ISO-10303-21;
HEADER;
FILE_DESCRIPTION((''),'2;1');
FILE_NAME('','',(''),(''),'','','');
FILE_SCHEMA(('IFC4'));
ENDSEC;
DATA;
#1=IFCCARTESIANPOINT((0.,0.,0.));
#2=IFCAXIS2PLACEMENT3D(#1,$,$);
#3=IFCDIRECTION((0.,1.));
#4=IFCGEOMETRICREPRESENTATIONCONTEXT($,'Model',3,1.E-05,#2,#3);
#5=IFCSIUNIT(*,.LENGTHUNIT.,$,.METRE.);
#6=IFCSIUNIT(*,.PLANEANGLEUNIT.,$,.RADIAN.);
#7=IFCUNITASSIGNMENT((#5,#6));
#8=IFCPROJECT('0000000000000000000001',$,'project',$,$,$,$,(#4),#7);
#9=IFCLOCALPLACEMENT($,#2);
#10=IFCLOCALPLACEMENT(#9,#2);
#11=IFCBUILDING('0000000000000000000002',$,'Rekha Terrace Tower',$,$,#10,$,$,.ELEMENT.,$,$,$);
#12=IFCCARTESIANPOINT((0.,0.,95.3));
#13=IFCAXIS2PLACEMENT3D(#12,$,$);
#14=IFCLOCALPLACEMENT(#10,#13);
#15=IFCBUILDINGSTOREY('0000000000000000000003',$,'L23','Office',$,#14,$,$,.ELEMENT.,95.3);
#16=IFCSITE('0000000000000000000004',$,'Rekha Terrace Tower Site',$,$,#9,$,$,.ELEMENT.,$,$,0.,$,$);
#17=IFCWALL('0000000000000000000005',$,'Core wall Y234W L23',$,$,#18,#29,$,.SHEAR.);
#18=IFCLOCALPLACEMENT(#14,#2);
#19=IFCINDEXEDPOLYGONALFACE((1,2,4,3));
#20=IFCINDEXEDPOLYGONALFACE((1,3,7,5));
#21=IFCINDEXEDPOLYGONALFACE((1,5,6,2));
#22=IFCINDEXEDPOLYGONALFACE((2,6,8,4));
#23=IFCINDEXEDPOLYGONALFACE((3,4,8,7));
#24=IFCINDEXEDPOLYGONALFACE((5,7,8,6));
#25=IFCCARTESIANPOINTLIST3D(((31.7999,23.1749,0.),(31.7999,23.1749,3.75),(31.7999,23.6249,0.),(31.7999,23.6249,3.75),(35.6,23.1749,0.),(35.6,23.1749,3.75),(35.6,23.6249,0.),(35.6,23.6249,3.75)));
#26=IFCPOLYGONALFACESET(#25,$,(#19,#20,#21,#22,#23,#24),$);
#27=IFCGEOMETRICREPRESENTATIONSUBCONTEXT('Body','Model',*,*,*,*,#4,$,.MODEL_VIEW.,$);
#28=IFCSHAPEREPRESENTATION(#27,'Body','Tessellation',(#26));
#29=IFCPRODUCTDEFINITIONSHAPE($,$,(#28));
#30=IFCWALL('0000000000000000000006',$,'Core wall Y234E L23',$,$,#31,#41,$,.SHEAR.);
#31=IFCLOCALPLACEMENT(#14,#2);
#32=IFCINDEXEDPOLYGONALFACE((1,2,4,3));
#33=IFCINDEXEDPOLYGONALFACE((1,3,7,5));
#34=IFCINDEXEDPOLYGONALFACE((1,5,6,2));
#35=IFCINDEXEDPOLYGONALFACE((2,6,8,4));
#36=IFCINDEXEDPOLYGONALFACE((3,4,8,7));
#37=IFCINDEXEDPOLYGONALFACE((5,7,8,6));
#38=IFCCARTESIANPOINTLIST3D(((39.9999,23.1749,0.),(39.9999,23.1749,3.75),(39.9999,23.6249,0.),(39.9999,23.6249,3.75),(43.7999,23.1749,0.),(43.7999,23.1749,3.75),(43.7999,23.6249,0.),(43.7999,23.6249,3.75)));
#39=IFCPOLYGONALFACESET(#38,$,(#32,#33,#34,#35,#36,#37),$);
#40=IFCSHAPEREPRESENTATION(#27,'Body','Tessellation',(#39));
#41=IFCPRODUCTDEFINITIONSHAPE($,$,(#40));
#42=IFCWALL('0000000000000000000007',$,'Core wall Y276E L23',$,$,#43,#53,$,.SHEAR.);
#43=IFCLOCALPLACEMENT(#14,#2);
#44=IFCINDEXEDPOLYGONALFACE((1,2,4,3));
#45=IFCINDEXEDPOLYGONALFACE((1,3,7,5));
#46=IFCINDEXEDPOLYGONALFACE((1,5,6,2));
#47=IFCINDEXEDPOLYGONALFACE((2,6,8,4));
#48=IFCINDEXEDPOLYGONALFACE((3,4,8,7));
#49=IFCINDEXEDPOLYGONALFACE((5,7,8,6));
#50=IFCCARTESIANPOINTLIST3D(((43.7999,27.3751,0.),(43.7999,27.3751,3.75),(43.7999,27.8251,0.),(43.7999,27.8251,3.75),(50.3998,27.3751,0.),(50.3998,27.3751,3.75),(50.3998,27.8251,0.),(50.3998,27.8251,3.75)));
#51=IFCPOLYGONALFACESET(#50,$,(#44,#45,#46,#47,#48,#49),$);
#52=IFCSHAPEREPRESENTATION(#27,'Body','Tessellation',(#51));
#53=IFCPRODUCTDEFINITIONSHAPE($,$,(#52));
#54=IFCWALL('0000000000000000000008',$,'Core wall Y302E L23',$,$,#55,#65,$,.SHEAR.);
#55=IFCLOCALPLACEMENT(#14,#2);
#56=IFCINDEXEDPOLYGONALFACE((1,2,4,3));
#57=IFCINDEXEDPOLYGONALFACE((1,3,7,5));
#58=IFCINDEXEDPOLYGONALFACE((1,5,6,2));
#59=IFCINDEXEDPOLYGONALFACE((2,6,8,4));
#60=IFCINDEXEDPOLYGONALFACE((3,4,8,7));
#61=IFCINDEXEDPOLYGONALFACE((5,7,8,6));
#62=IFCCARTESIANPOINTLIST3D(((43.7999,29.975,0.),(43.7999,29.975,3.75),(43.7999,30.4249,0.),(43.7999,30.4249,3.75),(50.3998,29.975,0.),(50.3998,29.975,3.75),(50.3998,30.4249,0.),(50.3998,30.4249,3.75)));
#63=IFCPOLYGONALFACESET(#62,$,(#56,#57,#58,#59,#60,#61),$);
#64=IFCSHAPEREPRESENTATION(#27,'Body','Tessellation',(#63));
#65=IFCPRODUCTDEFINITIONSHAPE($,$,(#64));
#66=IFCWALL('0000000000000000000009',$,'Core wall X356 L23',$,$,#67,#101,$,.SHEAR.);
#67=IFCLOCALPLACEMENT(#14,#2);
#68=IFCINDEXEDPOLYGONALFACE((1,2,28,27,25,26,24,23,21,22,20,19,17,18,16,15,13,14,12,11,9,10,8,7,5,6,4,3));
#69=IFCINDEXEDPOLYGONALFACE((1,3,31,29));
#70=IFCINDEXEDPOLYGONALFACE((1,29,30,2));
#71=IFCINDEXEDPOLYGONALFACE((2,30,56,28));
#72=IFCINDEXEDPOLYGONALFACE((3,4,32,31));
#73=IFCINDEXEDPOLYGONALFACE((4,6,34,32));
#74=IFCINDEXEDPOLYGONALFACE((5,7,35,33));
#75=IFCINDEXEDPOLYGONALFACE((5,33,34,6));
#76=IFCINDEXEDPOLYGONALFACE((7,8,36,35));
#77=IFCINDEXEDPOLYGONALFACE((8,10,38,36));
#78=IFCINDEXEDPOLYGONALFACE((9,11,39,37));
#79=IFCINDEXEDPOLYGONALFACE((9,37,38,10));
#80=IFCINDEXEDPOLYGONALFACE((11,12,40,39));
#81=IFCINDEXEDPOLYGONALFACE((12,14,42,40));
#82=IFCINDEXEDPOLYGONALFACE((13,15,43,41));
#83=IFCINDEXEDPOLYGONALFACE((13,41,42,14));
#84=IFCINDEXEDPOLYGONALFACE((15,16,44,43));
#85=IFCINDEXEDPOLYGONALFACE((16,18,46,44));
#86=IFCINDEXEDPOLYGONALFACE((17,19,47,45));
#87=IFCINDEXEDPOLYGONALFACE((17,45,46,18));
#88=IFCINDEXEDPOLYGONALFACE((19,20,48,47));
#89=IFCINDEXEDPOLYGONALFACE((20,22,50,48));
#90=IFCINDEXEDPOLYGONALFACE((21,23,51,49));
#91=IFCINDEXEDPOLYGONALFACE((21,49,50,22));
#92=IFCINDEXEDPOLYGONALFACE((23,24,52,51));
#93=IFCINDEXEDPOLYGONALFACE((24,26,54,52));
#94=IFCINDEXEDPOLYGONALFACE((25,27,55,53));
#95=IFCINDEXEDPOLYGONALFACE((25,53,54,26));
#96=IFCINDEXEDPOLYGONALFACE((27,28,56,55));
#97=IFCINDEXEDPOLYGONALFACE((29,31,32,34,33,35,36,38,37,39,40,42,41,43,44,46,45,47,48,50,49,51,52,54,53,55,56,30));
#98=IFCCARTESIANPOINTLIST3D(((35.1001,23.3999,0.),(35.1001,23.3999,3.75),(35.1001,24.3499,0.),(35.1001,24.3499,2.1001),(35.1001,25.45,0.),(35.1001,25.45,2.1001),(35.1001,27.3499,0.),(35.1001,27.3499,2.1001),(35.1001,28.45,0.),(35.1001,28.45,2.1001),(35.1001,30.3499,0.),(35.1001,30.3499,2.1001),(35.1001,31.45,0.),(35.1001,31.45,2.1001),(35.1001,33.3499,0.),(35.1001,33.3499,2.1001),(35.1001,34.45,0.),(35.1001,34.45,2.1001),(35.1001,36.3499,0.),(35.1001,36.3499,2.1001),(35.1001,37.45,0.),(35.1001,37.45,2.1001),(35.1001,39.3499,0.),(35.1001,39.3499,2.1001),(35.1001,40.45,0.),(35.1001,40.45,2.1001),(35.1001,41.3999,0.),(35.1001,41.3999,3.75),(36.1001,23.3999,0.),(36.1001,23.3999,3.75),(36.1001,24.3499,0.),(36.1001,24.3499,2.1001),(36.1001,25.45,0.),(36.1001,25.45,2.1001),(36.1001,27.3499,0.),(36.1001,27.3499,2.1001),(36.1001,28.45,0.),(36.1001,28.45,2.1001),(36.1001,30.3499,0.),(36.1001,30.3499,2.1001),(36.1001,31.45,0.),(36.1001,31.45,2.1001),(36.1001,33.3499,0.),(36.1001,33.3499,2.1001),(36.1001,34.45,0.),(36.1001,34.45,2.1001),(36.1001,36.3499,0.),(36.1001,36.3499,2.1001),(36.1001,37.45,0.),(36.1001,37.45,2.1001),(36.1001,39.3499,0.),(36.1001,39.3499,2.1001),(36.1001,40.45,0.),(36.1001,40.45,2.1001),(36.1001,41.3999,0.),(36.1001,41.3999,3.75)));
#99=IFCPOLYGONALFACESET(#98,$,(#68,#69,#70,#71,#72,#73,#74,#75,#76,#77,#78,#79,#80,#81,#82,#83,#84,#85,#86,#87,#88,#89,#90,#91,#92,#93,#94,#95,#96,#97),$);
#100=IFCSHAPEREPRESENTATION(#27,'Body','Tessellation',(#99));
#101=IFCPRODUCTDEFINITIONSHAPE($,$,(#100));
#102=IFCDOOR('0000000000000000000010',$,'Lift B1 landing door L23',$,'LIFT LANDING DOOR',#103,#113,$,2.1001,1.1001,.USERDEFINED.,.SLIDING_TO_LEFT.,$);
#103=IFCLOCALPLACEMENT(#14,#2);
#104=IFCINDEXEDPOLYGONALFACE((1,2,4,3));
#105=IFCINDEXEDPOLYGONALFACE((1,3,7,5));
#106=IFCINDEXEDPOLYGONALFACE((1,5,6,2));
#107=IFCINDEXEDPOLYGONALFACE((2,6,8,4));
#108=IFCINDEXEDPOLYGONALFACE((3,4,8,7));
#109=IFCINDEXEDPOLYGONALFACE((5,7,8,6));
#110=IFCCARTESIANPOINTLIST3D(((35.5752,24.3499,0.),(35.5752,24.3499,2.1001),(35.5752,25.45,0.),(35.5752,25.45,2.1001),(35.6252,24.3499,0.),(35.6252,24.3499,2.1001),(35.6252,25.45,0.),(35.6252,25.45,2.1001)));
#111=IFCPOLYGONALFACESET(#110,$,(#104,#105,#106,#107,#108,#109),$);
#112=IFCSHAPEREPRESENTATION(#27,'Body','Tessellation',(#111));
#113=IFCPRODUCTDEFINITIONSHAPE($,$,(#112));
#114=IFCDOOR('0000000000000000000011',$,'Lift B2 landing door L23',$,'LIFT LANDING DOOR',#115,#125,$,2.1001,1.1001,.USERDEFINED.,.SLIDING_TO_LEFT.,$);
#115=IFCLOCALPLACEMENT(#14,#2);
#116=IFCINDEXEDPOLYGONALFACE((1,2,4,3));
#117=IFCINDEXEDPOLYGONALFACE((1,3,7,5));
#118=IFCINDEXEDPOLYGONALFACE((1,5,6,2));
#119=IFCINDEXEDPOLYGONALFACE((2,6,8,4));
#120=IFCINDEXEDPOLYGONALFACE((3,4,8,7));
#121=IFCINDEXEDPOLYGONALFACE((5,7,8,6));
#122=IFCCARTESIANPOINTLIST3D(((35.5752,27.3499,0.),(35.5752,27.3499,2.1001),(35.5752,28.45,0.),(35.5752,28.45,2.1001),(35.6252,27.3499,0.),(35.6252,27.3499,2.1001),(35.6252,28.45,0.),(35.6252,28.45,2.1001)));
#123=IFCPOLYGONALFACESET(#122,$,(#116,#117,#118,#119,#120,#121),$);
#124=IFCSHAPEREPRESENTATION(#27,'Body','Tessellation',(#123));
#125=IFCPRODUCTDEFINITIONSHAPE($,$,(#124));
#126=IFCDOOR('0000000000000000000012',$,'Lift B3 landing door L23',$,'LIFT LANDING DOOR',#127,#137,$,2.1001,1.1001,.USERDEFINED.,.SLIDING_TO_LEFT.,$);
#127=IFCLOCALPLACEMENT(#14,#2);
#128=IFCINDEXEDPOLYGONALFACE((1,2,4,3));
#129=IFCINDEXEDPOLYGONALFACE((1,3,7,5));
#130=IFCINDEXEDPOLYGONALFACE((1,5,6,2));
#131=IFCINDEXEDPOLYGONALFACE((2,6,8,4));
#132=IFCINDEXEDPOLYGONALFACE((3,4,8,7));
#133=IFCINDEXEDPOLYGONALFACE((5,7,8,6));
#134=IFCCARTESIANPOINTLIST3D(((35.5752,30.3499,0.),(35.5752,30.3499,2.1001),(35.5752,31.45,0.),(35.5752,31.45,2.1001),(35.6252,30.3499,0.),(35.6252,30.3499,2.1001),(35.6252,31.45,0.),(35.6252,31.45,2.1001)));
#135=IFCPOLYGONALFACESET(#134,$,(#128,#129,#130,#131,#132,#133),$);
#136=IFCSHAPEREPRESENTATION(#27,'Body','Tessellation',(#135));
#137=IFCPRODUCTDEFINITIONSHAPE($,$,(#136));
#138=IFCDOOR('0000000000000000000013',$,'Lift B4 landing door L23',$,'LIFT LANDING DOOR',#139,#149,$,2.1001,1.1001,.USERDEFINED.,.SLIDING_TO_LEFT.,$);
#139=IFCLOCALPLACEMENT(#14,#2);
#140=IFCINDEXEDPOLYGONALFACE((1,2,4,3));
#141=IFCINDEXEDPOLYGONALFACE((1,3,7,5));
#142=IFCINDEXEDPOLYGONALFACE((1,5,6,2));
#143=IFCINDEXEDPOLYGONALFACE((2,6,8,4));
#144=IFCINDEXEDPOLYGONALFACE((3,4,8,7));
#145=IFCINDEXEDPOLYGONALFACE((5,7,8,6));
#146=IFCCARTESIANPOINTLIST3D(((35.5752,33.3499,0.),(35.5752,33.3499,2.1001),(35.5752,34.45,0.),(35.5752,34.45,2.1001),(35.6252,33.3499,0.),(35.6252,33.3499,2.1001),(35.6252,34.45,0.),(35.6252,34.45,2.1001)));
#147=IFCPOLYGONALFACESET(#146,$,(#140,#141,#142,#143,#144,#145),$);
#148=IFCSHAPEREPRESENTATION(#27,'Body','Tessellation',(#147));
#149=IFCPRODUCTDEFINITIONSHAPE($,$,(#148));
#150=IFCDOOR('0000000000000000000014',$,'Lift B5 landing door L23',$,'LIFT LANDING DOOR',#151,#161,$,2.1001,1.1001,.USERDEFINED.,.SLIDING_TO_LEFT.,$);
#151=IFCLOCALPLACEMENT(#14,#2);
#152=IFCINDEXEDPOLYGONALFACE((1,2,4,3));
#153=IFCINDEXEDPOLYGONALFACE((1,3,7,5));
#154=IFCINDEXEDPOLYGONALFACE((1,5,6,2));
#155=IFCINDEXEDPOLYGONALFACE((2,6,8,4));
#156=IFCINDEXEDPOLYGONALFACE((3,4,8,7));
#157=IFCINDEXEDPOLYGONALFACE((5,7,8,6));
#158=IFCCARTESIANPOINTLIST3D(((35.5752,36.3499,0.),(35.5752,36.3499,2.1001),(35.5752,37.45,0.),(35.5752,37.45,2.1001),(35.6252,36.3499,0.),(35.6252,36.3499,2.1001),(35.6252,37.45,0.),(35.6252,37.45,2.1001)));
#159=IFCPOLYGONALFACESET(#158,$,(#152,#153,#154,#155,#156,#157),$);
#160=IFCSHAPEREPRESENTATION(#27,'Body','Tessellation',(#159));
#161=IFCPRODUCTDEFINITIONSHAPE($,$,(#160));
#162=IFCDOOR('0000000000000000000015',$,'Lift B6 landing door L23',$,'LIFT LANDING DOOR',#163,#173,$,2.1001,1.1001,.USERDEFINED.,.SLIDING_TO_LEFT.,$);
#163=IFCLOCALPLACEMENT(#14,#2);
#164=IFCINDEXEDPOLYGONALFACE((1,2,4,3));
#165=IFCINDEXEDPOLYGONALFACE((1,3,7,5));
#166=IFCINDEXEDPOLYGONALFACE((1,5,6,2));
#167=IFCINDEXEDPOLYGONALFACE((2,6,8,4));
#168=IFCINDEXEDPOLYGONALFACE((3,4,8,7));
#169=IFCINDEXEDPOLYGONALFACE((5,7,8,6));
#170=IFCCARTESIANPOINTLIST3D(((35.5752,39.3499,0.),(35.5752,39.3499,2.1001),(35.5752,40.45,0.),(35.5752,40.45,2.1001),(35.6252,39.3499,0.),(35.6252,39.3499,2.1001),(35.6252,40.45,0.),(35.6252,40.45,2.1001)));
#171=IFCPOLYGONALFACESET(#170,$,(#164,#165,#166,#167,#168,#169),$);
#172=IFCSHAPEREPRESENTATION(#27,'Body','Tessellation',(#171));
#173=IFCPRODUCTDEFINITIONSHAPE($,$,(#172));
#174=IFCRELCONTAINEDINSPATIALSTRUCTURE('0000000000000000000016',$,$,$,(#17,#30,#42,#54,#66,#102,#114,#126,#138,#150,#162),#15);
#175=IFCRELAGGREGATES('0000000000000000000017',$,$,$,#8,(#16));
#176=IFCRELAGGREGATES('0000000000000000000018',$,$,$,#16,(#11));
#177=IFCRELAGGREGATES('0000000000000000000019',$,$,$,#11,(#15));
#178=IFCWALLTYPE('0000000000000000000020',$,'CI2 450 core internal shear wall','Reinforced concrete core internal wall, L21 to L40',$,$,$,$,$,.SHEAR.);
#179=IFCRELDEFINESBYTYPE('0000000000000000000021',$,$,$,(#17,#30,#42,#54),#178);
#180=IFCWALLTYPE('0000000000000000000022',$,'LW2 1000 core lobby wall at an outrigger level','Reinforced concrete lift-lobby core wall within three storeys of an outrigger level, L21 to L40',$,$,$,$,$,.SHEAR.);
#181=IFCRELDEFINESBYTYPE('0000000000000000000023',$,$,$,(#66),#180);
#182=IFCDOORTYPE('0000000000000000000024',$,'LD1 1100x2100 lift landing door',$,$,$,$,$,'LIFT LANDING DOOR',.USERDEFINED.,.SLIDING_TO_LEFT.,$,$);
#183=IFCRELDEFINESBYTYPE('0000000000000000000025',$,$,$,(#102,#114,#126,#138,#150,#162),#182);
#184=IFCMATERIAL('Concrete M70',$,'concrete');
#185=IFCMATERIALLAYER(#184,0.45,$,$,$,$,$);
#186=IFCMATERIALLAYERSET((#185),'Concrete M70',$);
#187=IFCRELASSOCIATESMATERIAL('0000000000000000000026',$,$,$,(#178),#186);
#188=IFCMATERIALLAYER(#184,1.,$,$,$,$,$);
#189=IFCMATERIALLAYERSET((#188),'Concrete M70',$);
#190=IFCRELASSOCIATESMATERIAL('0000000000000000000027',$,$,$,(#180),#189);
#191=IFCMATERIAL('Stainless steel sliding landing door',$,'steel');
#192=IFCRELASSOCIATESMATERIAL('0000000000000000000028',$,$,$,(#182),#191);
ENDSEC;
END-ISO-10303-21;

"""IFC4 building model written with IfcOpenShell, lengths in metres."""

from ifc_helpers import new_model, si_unit, direction, frame, frame_2d, origin, place, context, subcontext, project, spatial, rectangle, extrude, material, layer, layer_set, type_object, element, fill, save


model = new_model("IFC4")

# Units and contexts
model_context = context("Model", 3, precision=1e-05, world=origin(), true_north=direction((0.0, 1.0)))
body_context = subcontext(model_context, "Body", "Model", "MODEL_VIEW")
ifc_project = project(units=[si_unit("LENGTHUNIT", "METRE"), si_unit("PLANEANGLEUNIT", "RADIAN")], contexts=[model_context])

# Site, building, storey
site_placement = place(None, origin())
site = spatial("IfcSite", under=ifc_project, at=site_placement, Name="Rekha Terrace Tower Site", CompositionType="ELEMENT", RefElevation=0.0)
building_placement = place(site_placement, origin())
building = spatial("IfcBuilding", under=site, at=building_placement, Name="Rekha Terrace Tower", CompositionType="ELEMENT")
storey_placement = place(building_placement, frame((0.0, 0.0, 95.3)))
storey = spatial("IfcBuildingStorey", under=building, at=storey_placement, Name="L23", Description="Office", CompositionType="ELEMENT", Elevation=95.3)

# Walls
ifc_material_1 = material(Name="Concrete M70", Category="concrete")
ifc_layer_1 = layer(ifc_material_1, 0.45)
ifc_layer_set_1 = layer_set([ifc_layer_1], Name="Concrete M70")
wall_type_1 = type_object("IfcWallType", Name="CI2 450 core internal shear wall", Description="Reinforced concrete core internal wall, L21 to L40", PredefinedType="SHEAR", material=ifc_layer_set_1)
for number, where, z_axis, x_axis, name in (
    (1, (31.8, 23.3999, 0.0), (0.0, 0.0, 1.0), (1.0, 0.0, 0.0), "Core wall Y234W L23"),
    (2, (40.0, 23.3999, 0.0), (0.0, 0.0, 1.0), (1.0, 0.0, 0.0), "Core wall Y234E L23"),
):
    element("IfcWall", number, at=place(storey_placement, frame(where, z_axis=z_axis, x_axis=x_axis)), inside=storey, type_object=wall_type_1, Name=name, PredefinedType="SHEAR", context=body_context, shape_type="SweptSolid", body=[
        extrude(rectangle(XDim=3.8, YDim=0.45, at=frame_2d((1.8999, 0.0))), origin(), (0.0, 0.0, 1.0), 3.75),
    ])
for number, where, z_axis, x_axis, name in (
    (3, (43.8, 27.6001, 0.0), (0.0, 0.0, 1.0), (1.0, 0.0, 0.0), "Core wall Y276E L23"),
    (4, (43.8, 30.2, 0.0), (0.0, 0.0, 1.0), (1.0, 0.0, 0.0), "Core wall Y302E L23"),
):
    element("IfcWall", number, at=place(storey_placement, frame(where, z_axis=z_axis, x_axis=x_axis)), inside=storey, type_object=wall_type_1, Name=name, PredefinedType="SHEAR", context=body_context, shape_type="SweptSolid", body=[
        extrude(rectangle(XDim=6.5999, YDim=0.45, at=frame_2d((3.2998, 0.0))), origin(), (0.0, 0.0, 1.0), 3.75),
    ])

# Wall, openings, doors
ifc_layer_2 = layer(ifc_material_1, 1.0)
ifc_layer_set_2 = layer_set([ifc_layer_2], Name="Concrete M70")
wall_type_2 = type_object("IfcWallType", Name="LW2 1000 core lobby wall at an outrigger level", Description="Reinforced concrete lift-lobby core wall within three storeys of an outrigger level, L21 to L40", PredefinedType="SHEAR", material=ifc_layer_set_2)
wall_1_placement = place(storey_placement, frame((35.6001, 23.3999, 0.0), z_axis=(0.0, 0.0, 1.0), x_axis=(0.0, 1.0, 0.0)))
wall_1 = element("IfcWall", 5, at=wall_1_placement, inside=storey, type_object=wall_type_2, Name="Core wall X356 L23", PredefinedType="SHEAR", context=body_context, shape_type="SweptSolid", body=[
    extrude(rectangle(XDim=18.0, YDim=1.0, at=frame_2d((9.0, 0.0))), origin(), (0.0, 0.0, 1.0), 3.75),
])
opening_1_placement = place(wall_1_placement, frame((0.95, 0.0, 0.0)))
opening_1 = element("IfcOpeningElement", 6, at=opening_1_placement, cuts=wall_1, PredefinedType="OPENING", context=body_context, shape_type="SweptSolid", body=[
    extrude(rectangle(XDim=1.1001, YDim=2.1001, at=frame_2d((0.55, 1.05))), frame((0.0, 0.51, 0.0), z_axis=(0.0, -1.0, 0.0), x_axis=(1.0, 0.0, 0.0)), (0.0, 0.0, 1.0), 1.02),
])
opening_2_placement = place(wall_1_placement, frame((3.95, 0.0, 0.0)))
opening_2 = element("IfcOpeningElement", 7, at=opening_2_placement, cuts=wall_1, PredefinedType="OPENING", context=body_context, shape_type="SweptSolid", body=[
    extrude(rectangle(XDim=1.1001, YDim=2.1001, at=frame_2d((0.55, 1.05))), frame((0.0, 0.51, 0.0), z_axis=(0.0, -1.0, 0.0), x_axis=(1.0, 0.0, 0.0)), (0.0, 0.0, 1.0), 1.02),
])
opening_3_placement = place(wall_1_placement, frame((6.95, 0.0, 0.0)))
opening_3 = element("IfcOpeningElement", 8, at=opening_3_placement, cuts=wall_1, PredefinedType="OPENING", context=body_context, shape_type="SweptSolid", body=[
    extrude(rectangle(XDim=1.1001, YDim=2.1001, at=frame_2d((0.55, 1.05))), frame((0.0, 0.51, 0.0), z_axis=(0.0, -1.0, 0.0), x_axis=(1.0, 0.0, 0.0)), (0.0, 0.0, 1.0), 1.02),
])
opening_4_placement = place(wall_1_placement, frame((9.95, 0.0, 0.0)))
opening_4 = element("IfcOpeningElement", 9, at=opening_4_placement, cuts=wall_1, PredefinedType="OPENING", context=body_context, shape_type="SweptSolid", body=[
    extrude(rectangle(XDim=1.1001, YDim=2.1001, at=frame_2d((0.55, 1.05))), frame((0.0, 0.51, 0.0), z_axis=(0.0, -1.0, 0.0), x_axis=(1.0, 0.0, 0.0)), (0.0, 0.0, 1.0), 1.02),
])
opening_5_placement = place(wall_1_placement, frame((12.95, 0.0, 0.0)))
opening_5 = element("IfcOpeningElement", 10, at=opening_5_placement, cuts=wall_1, PredefinedType="OPENING", context=body_context, shape_type="SweptSolid", body=[
    extrude(rectangle(XDim=1.1001, YDim=2.1001, at=frame_2d((0.55, 1.05))), frame((0.0, 0.51, 0.0), z_axis=(0.0, -1.0, 0.0), x_axis=(1.0, 0.0, 0.0)), (0.0, 0.0, 1.0), 1.02),
])
opening_6_placement = place(wall_1_placement, frame((15.95, 0.0, 0.0)))
opening_6 = element("IfcOpeningElement", 11, at=opening_6_placement, cuts=wall_1, PredefinedType="OPENING", context=body_context, shape_type="SweptSolid", body=[
    extrude(rectangle(XDim=1.1001, YDim=2.1001, at=frame_2d((0.55, 1.05))), frame((0.0, 0.51, 0.0), z_axis=(0.0, -1.0, 0.0), x_axis=(1.0, 0.0, 0.0)), (0.0, 0.0, 1.0), 1.02),
])
ifc_material_2 = material(Name="Stainless steel sliding landing door", Category="steel")
door_type_1 = type_object("IfcDoorType", Name="LD1 1100x2100 lift landing door", ElementType="LIFT LANDING DOOR", OperationType="SLIDING_TO_LEFT", PredefinedType="USERDEFINED", material=ifc_material_2)
door_1_placement = place(opening_1_placement, origin())
door_1 = element("IfcDoor", 12, at=door_1_placement, inside=storey, type_object=door_type_1, Name="Lift B1 landing door L23", ObjectType="LIFT LANDING DOOR", OperationType="SLIDING_TO_LEFT", OverallHeight=2.1001, OverallWidth=1.1001, PredefinedType="USERDEFINED", context=body_context, shape_type="SweptSolid", body=[
    extrude(rectangle(XDim=1.1001, YDim=2.1001, at=frame_2d((0.55, 1.05))), frame((0.0, 0.0249, 0.0), z_axis=(0.0, -1.0, 0.0), x_axis=(1.0, 0.0, 0.0)), (0.0, 0.0, 1.0), 0.05),
])
fill(opening_1, door_1)
door_2_placement = place(opening_2_placement, origin())
door_2 = element("IfcDoor", 13, at=door_2_placement, inside=storey, type_object=door_type_1, Name="Lift B2 landing door L23", ObjectType="LIFT LANDING DOOR", OperationType="SLIDING_TO_LEFT", OverallHeight=2.1001, OverallWidth=1.1001, PredefinedType="USERDEFINED", context=body_context, shape_type="SweptSolid", body=[
    extrude(rectangle(XDim=1.1001, YDim=2.1001, at=frame_2d((0.55, 1.05))), frame((0.0, 0.0249, 0.0), z_axis=(0.0, -1.0, 0.0), x_axis=(1.0, 0.0, 0.0)), (0.0, 0.0, 1.0), 0.05),
])
fill(opening_2, door_2)
door_3_placement = place(opening_3_placement, origin())
door_3 = element("IfcDoor", 14, at=door_3_placement, inside=storey, type_object=door_type_1, Name="Lift B3 landing door L23", ObjectType="LIFT LANDING DOOR", OperationType="SLIDING_TO_LEFT", OverallHeight=2.1001, OverallWidth=1.1001, PredefinedType="USERDEFINED", context=body_context, shape_type="SweptSolid", body=[
    extrude(rectangle(XDim=1.1001, YDim=2.1001, at=frame_2d((0.55, 1.05))), frame((0.0, 0.0249, 0.0), z_axis=(0.0, -1.0, 0.0), x_axis=(1.0, 0.0, 0.0)), (0.0, 0.0, 1.0), 0.05),
])
fill(opening_3, door_3)
door_4_placement = place(opening_4_placement, origin())
door_4 = element("IfcDoor", 15, at=door_4_placement, inside=storey, type_object=door_type_1, Name="Lift B4 landing door L23", ObjectType="LIFT LANDING DOOR", OperationType="SLIDING_TO_LEFT", OverallHeight=2.1001, OverallWidth=1.1001, PredefinedType="USERDEFINED", context=body_context, shape_type="SweptSolid", body=[
    extrude(rectangle(XDim=1.1001, YDim=2.1001, at=frame_2d((0.55, 1.05))), frame((0.0, 0.0249, 0.0), z_axis=(0.0, -1.0, 0.0), x_axis=(1.0, 0.0, 0.0)), (0.0, 0.0, 1.0), 0.05),
])
fill(opening_4, door_4)
door_5_placement = place(opening_5_placement, origin())
door_5 = element("IfcDoor", 16, at=door_5_placement, inside=storey, type_object=door_type_1, Name="Lift B5 landing door L23", ObjectType="LIFT LANDING DOOR", OperationType="SLIDING_TO_LEFT", OverallHeight=2.1001, OverallWidth=1.1001, PredefinedType="USERDEFINED", context=body_context, shape_type="SweptSolid", body=[
    extrude(rectangle(XDim=1.1001, YDim=2.1001, at=frame_2d((0.55, 1.05))), frame((0.0, 0.0249, 0.0), z_axis=(0.0, -1.0, 0.0), x_axis=(1.0, 0.0, 0.0)), (0.0, 0.0, 1.0), 0.05),
])
fill(opening_5, door_5)
door_6_placement = place(opening_6_placement, origin())
door_6 = element("IfcDoor", 17, at=door_6_placement, inside=storey, type_object=door_type_1, Name="Lift B6 landing door L23", ObjectType="LIFT LANDING DOOR", OperationType="SLIDING_TO_LEFT", OverallHeight=2.1001, OverallWidth=1.1001, PredefinedType="USERDEFINED", context=body_context, shape_type="SweptSolid", body=[
    extrude(rectangle(XDim=1.1001, YDim=2.1001, at=frame_2d((0.55, 1.05))), frame((0.0, 0.0249, 0.0), z_axis=(0.0, -1.0, 0.0), x_axis=(1.0, 0.0, 0.0)), (0.0, 0.0, 1.0), 0.05),
])
fill(opening_6, door_6)

save(model, "model.ifc")
